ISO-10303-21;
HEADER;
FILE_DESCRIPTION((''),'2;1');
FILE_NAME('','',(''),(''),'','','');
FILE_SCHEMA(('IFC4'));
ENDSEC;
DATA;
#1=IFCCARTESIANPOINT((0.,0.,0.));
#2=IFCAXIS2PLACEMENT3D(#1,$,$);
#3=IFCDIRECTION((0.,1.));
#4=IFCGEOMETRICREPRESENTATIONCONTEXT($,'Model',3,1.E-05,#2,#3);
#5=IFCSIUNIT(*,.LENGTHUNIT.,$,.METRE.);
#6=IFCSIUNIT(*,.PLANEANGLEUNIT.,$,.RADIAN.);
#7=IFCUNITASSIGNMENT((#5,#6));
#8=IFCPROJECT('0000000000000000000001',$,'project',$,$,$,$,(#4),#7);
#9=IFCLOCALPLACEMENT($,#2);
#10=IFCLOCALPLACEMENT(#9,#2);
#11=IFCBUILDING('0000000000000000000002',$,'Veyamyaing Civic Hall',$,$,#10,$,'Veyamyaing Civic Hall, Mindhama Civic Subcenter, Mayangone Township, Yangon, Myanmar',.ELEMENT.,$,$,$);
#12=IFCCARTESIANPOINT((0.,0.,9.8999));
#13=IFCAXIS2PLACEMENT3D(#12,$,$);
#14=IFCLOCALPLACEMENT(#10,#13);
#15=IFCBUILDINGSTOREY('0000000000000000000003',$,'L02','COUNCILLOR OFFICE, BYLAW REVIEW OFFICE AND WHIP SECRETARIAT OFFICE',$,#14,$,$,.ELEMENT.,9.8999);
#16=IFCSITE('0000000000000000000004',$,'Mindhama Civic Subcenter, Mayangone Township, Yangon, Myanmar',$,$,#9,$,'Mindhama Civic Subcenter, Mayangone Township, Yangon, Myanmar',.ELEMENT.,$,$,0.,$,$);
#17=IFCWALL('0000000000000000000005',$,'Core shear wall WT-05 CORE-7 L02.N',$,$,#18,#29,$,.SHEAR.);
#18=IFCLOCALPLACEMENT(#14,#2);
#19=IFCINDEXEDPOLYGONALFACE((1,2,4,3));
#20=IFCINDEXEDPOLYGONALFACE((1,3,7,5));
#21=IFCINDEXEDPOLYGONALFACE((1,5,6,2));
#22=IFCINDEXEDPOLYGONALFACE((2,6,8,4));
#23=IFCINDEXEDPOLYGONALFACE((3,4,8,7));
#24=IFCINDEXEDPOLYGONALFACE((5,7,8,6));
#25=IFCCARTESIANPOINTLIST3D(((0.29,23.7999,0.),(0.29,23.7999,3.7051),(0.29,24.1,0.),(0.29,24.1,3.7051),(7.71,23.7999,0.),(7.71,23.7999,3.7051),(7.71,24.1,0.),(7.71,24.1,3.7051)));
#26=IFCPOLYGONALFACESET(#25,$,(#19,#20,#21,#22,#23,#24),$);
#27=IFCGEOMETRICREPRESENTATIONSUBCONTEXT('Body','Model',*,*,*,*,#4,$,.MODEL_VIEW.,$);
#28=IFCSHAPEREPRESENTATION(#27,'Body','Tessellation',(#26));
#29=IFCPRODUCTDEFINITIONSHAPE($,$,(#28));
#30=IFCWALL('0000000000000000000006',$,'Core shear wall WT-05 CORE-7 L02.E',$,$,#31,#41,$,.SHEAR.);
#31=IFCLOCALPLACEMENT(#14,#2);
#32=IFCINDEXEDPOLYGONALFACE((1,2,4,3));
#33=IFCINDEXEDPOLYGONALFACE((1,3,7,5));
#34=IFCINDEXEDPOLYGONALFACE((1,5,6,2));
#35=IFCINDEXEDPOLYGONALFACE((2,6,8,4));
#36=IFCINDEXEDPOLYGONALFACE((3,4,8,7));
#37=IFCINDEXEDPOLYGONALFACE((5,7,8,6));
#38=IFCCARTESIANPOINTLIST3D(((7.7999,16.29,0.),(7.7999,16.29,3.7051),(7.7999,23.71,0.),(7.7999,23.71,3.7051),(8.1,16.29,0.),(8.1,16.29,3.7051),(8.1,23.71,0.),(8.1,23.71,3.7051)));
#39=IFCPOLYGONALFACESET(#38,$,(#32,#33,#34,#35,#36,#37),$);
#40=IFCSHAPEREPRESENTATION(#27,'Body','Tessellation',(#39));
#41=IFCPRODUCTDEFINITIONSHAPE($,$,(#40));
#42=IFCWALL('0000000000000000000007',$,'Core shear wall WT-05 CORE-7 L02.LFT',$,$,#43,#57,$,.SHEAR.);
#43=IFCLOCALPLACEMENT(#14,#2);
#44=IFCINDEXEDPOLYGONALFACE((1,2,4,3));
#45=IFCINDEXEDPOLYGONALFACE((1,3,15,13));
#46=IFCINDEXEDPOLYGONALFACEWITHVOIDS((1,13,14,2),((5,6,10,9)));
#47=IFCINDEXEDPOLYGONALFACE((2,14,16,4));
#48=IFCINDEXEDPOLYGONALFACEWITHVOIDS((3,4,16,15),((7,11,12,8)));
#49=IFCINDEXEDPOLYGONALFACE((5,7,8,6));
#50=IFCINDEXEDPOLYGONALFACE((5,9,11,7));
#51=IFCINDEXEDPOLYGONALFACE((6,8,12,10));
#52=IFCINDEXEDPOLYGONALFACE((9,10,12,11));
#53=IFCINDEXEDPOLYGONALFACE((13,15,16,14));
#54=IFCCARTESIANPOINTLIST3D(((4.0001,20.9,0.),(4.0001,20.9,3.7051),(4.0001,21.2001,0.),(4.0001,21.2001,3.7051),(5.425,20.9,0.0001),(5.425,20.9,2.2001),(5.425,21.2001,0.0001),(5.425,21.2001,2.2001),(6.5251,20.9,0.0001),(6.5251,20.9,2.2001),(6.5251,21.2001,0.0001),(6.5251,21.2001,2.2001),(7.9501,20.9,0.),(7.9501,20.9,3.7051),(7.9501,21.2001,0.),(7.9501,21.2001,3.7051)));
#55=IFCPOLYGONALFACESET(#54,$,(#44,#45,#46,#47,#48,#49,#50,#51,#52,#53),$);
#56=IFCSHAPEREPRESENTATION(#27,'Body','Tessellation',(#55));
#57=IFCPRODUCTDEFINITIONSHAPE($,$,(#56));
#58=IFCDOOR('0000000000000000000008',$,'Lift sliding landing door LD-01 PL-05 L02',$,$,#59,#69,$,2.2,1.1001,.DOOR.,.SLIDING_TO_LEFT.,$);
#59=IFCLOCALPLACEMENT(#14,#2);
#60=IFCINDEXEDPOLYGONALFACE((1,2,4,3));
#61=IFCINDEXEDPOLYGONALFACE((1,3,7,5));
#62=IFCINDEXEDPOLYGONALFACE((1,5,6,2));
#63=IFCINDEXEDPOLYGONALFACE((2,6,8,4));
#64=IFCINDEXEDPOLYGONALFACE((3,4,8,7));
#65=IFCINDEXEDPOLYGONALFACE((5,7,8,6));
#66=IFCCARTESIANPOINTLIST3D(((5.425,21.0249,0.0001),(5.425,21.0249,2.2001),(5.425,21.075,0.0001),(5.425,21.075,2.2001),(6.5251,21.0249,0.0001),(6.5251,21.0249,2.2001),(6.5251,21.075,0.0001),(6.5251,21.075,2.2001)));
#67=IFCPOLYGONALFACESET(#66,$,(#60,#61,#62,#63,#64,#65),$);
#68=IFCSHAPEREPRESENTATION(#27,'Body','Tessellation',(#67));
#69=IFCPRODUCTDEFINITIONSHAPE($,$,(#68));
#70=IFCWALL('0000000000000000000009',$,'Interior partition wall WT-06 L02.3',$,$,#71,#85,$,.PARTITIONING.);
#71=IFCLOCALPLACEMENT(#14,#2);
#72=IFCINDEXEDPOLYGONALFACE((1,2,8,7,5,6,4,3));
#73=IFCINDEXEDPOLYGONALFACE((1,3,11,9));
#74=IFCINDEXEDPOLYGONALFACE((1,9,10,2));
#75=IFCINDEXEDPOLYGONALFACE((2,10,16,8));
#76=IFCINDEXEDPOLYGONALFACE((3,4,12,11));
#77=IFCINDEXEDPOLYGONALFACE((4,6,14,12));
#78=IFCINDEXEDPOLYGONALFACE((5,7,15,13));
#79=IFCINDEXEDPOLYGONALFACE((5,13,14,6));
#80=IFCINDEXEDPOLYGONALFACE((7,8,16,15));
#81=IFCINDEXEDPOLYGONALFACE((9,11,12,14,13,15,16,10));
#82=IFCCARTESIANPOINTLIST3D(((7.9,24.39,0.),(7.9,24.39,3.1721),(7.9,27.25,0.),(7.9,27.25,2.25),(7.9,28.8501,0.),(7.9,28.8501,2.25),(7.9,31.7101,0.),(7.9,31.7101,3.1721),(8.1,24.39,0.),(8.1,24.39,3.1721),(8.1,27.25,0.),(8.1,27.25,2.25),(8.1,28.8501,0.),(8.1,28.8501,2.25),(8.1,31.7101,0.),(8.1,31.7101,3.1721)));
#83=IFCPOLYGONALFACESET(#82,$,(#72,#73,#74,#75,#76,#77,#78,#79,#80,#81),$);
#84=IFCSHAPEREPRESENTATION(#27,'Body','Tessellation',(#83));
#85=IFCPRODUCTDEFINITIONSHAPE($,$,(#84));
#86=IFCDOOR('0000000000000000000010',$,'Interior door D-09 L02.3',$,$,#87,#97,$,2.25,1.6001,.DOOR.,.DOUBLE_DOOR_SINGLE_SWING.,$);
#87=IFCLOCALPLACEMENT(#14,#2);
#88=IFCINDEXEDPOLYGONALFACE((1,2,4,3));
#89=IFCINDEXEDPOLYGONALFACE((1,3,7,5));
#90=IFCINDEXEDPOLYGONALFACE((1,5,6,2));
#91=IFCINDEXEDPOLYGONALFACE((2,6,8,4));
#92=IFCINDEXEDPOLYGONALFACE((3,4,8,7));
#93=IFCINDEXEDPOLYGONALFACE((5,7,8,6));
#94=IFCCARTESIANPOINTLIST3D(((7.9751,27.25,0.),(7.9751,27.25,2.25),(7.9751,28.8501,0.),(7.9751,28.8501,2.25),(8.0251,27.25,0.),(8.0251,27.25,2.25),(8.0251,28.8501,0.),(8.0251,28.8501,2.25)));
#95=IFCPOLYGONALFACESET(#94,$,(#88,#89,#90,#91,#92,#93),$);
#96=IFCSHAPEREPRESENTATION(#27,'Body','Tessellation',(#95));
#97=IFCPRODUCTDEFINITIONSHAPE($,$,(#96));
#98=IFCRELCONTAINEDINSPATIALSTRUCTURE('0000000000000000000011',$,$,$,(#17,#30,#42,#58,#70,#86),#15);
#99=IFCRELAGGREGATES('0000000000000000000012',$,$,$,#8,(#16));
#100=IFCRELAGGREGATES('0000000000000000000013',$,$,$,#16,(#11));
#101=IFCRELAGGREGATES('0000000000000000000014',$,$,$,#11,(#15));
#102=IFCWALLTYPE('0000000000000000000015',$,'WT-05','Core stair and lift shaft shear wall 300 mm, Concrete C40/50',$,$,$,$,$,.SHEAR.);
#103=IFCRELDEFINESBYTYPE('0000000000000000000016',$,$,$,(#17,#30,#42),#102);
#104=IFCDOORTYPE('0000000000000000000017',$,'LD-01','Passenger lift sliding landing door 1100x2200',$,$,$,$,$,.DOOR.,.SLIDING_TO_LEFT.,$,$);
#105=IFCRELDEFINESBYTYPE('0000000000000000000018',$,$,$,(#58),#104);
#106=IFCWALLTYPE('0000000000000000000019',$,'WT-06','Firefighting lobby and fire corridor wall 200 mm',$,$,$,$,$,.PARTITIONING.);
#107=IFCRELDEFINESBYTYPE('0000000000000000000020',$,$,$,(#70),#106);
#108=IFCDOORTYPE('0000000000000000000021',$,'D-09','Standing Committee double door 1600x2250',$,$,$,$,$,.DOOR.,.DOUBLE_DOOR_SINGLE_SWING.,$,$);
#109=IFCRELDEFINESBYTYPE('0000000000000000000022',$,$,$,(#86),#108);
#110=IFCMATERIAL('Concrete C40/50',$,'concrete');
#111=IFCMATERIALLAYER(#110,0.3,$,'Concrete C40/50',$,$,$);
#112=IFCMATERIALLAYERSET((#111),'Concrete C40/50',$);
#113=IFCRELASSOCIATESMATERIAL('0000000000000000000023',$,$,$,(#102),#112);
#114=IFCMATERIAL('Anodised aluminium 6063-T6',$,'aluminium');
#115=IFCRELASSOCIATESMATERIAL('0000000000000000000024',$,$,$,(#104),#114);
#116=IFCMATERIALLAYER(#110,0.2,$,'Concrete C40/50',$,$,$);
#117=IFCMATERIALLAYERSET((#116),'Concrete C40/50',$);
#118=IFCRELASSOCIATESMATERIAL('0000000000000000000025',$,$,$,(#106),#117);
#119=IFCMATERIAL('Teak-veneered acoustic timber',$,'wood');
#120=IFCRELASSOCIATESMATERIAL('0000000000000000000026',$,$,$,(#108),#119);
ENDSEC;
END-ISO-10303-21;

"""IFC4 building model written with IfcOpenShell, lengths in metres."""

from ifc_helpers import new_model, si_unit, direction, frame, frame_2d, origin, place, context, subcontext, project, spatial, rectangle, extrude, material, layer, layer_set, type_object, element, fill, save


model = new_model("IFC4")

# Units and contexts
model_context = context("Model", 3, precision=1e-05, world=origin(), true_north=direction((0.0, 1.0)))
body_context = subcontext(model_context, "Body", "Model", "MODEL_VIEW")
ifc_project = project(units=[si_unit("LENGTHUNIT", "METRE"), si_unit("PLANEANGLEUNIT", "RADIAN")], contexts=[model_context])

# Site, building, storey
site_placement = place(None, origin())
site = spatial("IfcSite", under=ifc_project, at=site_placement, Name="Mindhama Civic Subcenter, Mayangone Township, Yangon, Myanmar", LongName="Mindhama Civic Subcenter, Mayangone Township, Yangon, Myanmar", CompositionType="ELEMENT", RefElevation=0.0)
building_placement = place(site_placement, origin())
building = spatial("IfcBuilding", under=site, at=building_placement, Name="Veyamyaing Civic Hall", LongName="Veyamyaing Civic Hall, Mindhama Civic Subcenter, Mayangone Township, Yangon, Myanmar", CompositionType="ELEMENT")
storey_placement = place(building_placement, frame((0.0, 0.0, 9.8999)))
storey = spatial("IfcBuildingStorey", under=building, at=storey_placement, Name="L02", Description="COUNCILLOR OFFICE, BYLAW REVIEW OFFICE AND WHIP SECRETARIAT OFFICE", CompositionType="ELEMENT", Elevation=9.8999)

# Shared definitions
ifc_material_1 = material(Name="Anodised aluminium 6063-T6", Category="aluminium")

# Walls
ifc_material_2 = material(Name="Concrete C40/50", Category="concrete")
ifc_layer_1 = layer(ifc_material_2, 0.3, Name="Concrete C40/50")
ifc_layer_set_1 = layer_set([ifc_layer_1], Name="Concrete C40/50")
wall_type_1 = type_object("IfcWallType", Name="WT-05", Description="Core stair and lift shaft shear wall 300 mm, Concrete C40/50", PredefinedType="SHEAR", material=ifc_layer_set_1)
for number, where, z_axis, x_axis, name in (
    (1, (0.29, 23.95, 0.0), (0.0, 0.0, 1.0), (1.0, 0.0, 0.0), "Core shear wall WT-05 CORE-7 L02.N"),
    (2, (7.95, 16.29, 0.0), (0.0, 0.0, 1.0), (0.0, 1.0, 0.0), "Core shear wall WT-05 CORE-7 L02.E"),
):
    element("IfcWall", number, at=place(storey_placement, frame(where, z_axis=z_axis, x_axis=x_axis)), inside=storey, type_object=wall_type_1, Name=name, PredefinedType="SHEAR", context=body_context, shape_type="SweptSolid", body=[
        extrude(rectangle(XDim=7.4199, YDim=0.3, at=frame_2d((3.71, 0.0))), origin(), (0.0, 0.0, 1.0), 3.7051),
    ])

# Walls, openings, doors
wall_1_placement = place(storey_placement, frame((4.0, 21.05, 0.0), z_axis=(0.0, 0.0, 1.0), x_axis=(1.0, 0.0, 0.0)))
wall_1 = element("IfcWall", 3, at=wall_1_placement, inside=storey, type_object=wall_type_1, Name="Core shear wall WT-05 CORE-7 L02.LFT", PredefinedType="SHEAR", context=body_context, shape_type="SweptSolid", body=[
    extrude(rectangle(XDim=3.95, YDim=0.3, at=frame_2d((1.9751, 0.0))), origin(), (0.0, 0.0, 1.0), 3.7051),
])
opening_1_placement = place(wall_1_placement, frame((1.425, 0.0, 0.0)))
opening_1 = element("IfcOpeningElement", 4, at=opening_1_placement, cuts=wall_1, PredefinedType="OPENING", context=body_context, shape_type="SweptSolid", body=[
    extrude(rectangle(XDim=1.1001, YDim=2.2, at=frame_2d((0.55, 1.1001))), frame((0.0, 0.1599, 0.0), z_axis=(0.0, -1.0, 0.0), x_axis=(1.0, 0.0, 0.0)), (0.0, 0.0, 1.0), 0.3201),
])
door_type_1 = type_object("IfcDoorType", Name="LD-01", Description="Passenger lift sliding landing door 1100x2200", OperationType="SLIDING_TO_LEFT", PredefinedType="DOOR", material=ifc_material_1)
door_1_placement = place(opening_1_placement, origin())
door_1 = element("IfcDoor", 5, at=door_1_placement, inside=storey, type_object=door_type_1, Name="Lift sliding landing door LD-01 PL-05 L02", OperationType="SLIDING_TO_LEFT", OverallHeight=2.2, OverallWidth=1.1001, PredefinedType="DOOR", context=body_context, shape_type="SweptSolid", body=[
    extrude(rectangle(XDim=1.1001, YDim=2.2, at=frame_2d((0.55, 1.1001))), frame((0.0, 0.0249, 0.0), z_axis=(0.0, -1.0, 0.0), x_axis=(1.0, 0.0, 0.0)), (0.0, 0.0, 1.0), 0.05),
])
fill(opening_1, door_1)
ifc_layer_2 = layer(ifc_material_2, 0.2, Name="Concrete C40/50")
ifc_layer_set_2 = layer_set([ifc_layer_2], Name="Concrete C40/50")
wall_type_2 = type_object("IfcWallType", Name="WT-06", Description="Firefighting lobby and fire corridor wall 200 mm", PredefinedType="PARTITIONING", material=ifc_layer_set_2)
wall_2_placement = place(storey_placement, frame((8.0, 24.3899, 0.0), z_axis=(0.0, 0.0, 1.0), x_axis=(0.0, 1.0, 0.0)))
wall_2 = element("IfcWall", 6, at=wall_2_placement, inside=storey, type_object=wall_type_2, Name="Interior partition wall WT-06 L02.3", PredefinedType="PARTITIONING", context=body_context, shape_type="SweptSolid", body=[
    extrude(rectangle(XDim=7.3201, YDim=0.2, at=frame_2d((3.6602, 0.0))), origin(), (0.0, 0.0, 1.0), 3.1721),
])
opening_2_placement = place(wall_2_placement, frame((2.8601, 0.0, 0.0)))
opening_2 = element("IfcOpeningElement", 7, at=opening_2_placement, cuts=wall_2, PredefinedType="OPENING", context=body_context, shape_type="SweptSolid", body=[
    extrude(rectangle(XDim=1.6001, YDim=2.25, at=frame_2d((0.8, 1.125))), frame((0.0, 0.1099, 0.0), z_axis=(0.0, -1.0, 0.0), x_axis=(1.0, 0.0, 0.0)), (0.0, 0.0, 1.0), 0.22),
])
ifc_material_3 = material(Name="Teak-veneered acoustic timber", Category="wood")
door_type_2 = type_object("IfcDoorType", Name="D-09", Description="Standing Committee double door 1600x2250", OperationType="DOUBLE_DOOR_SINGLE_SWING", PredefinedType="DOOR", material=ifc_material_3)
door_2_placement = place(opening_2_placement, origin())
door_2 = element("IfcDoor", 8, at=door_2_placement, inside=storey, type_object=door_type_2, Name="Interior door D-09 L02.3", OperationType="DOUBLE_DOOR_SINGLE_SWING", OverallHeight=2.25, OverallWidth=1.6001, PredefinedType="DOOR", context=body_context, shape_type="SweptSolid", body=[
    extrude(rectangle(XDim=1.6001, YDim=2.25, at=frame_2d((0.8, 1.125))), frame((0.0, 0.0249, 0.0), z_axis=(0.0, -1.0, 0.0), x_axis=(1.0, 0.0, 0.0)), (0.0, 0.0, 1.0), 0.05),
])
fill(opening_2, door_2)

save(model, "model.ifc")
